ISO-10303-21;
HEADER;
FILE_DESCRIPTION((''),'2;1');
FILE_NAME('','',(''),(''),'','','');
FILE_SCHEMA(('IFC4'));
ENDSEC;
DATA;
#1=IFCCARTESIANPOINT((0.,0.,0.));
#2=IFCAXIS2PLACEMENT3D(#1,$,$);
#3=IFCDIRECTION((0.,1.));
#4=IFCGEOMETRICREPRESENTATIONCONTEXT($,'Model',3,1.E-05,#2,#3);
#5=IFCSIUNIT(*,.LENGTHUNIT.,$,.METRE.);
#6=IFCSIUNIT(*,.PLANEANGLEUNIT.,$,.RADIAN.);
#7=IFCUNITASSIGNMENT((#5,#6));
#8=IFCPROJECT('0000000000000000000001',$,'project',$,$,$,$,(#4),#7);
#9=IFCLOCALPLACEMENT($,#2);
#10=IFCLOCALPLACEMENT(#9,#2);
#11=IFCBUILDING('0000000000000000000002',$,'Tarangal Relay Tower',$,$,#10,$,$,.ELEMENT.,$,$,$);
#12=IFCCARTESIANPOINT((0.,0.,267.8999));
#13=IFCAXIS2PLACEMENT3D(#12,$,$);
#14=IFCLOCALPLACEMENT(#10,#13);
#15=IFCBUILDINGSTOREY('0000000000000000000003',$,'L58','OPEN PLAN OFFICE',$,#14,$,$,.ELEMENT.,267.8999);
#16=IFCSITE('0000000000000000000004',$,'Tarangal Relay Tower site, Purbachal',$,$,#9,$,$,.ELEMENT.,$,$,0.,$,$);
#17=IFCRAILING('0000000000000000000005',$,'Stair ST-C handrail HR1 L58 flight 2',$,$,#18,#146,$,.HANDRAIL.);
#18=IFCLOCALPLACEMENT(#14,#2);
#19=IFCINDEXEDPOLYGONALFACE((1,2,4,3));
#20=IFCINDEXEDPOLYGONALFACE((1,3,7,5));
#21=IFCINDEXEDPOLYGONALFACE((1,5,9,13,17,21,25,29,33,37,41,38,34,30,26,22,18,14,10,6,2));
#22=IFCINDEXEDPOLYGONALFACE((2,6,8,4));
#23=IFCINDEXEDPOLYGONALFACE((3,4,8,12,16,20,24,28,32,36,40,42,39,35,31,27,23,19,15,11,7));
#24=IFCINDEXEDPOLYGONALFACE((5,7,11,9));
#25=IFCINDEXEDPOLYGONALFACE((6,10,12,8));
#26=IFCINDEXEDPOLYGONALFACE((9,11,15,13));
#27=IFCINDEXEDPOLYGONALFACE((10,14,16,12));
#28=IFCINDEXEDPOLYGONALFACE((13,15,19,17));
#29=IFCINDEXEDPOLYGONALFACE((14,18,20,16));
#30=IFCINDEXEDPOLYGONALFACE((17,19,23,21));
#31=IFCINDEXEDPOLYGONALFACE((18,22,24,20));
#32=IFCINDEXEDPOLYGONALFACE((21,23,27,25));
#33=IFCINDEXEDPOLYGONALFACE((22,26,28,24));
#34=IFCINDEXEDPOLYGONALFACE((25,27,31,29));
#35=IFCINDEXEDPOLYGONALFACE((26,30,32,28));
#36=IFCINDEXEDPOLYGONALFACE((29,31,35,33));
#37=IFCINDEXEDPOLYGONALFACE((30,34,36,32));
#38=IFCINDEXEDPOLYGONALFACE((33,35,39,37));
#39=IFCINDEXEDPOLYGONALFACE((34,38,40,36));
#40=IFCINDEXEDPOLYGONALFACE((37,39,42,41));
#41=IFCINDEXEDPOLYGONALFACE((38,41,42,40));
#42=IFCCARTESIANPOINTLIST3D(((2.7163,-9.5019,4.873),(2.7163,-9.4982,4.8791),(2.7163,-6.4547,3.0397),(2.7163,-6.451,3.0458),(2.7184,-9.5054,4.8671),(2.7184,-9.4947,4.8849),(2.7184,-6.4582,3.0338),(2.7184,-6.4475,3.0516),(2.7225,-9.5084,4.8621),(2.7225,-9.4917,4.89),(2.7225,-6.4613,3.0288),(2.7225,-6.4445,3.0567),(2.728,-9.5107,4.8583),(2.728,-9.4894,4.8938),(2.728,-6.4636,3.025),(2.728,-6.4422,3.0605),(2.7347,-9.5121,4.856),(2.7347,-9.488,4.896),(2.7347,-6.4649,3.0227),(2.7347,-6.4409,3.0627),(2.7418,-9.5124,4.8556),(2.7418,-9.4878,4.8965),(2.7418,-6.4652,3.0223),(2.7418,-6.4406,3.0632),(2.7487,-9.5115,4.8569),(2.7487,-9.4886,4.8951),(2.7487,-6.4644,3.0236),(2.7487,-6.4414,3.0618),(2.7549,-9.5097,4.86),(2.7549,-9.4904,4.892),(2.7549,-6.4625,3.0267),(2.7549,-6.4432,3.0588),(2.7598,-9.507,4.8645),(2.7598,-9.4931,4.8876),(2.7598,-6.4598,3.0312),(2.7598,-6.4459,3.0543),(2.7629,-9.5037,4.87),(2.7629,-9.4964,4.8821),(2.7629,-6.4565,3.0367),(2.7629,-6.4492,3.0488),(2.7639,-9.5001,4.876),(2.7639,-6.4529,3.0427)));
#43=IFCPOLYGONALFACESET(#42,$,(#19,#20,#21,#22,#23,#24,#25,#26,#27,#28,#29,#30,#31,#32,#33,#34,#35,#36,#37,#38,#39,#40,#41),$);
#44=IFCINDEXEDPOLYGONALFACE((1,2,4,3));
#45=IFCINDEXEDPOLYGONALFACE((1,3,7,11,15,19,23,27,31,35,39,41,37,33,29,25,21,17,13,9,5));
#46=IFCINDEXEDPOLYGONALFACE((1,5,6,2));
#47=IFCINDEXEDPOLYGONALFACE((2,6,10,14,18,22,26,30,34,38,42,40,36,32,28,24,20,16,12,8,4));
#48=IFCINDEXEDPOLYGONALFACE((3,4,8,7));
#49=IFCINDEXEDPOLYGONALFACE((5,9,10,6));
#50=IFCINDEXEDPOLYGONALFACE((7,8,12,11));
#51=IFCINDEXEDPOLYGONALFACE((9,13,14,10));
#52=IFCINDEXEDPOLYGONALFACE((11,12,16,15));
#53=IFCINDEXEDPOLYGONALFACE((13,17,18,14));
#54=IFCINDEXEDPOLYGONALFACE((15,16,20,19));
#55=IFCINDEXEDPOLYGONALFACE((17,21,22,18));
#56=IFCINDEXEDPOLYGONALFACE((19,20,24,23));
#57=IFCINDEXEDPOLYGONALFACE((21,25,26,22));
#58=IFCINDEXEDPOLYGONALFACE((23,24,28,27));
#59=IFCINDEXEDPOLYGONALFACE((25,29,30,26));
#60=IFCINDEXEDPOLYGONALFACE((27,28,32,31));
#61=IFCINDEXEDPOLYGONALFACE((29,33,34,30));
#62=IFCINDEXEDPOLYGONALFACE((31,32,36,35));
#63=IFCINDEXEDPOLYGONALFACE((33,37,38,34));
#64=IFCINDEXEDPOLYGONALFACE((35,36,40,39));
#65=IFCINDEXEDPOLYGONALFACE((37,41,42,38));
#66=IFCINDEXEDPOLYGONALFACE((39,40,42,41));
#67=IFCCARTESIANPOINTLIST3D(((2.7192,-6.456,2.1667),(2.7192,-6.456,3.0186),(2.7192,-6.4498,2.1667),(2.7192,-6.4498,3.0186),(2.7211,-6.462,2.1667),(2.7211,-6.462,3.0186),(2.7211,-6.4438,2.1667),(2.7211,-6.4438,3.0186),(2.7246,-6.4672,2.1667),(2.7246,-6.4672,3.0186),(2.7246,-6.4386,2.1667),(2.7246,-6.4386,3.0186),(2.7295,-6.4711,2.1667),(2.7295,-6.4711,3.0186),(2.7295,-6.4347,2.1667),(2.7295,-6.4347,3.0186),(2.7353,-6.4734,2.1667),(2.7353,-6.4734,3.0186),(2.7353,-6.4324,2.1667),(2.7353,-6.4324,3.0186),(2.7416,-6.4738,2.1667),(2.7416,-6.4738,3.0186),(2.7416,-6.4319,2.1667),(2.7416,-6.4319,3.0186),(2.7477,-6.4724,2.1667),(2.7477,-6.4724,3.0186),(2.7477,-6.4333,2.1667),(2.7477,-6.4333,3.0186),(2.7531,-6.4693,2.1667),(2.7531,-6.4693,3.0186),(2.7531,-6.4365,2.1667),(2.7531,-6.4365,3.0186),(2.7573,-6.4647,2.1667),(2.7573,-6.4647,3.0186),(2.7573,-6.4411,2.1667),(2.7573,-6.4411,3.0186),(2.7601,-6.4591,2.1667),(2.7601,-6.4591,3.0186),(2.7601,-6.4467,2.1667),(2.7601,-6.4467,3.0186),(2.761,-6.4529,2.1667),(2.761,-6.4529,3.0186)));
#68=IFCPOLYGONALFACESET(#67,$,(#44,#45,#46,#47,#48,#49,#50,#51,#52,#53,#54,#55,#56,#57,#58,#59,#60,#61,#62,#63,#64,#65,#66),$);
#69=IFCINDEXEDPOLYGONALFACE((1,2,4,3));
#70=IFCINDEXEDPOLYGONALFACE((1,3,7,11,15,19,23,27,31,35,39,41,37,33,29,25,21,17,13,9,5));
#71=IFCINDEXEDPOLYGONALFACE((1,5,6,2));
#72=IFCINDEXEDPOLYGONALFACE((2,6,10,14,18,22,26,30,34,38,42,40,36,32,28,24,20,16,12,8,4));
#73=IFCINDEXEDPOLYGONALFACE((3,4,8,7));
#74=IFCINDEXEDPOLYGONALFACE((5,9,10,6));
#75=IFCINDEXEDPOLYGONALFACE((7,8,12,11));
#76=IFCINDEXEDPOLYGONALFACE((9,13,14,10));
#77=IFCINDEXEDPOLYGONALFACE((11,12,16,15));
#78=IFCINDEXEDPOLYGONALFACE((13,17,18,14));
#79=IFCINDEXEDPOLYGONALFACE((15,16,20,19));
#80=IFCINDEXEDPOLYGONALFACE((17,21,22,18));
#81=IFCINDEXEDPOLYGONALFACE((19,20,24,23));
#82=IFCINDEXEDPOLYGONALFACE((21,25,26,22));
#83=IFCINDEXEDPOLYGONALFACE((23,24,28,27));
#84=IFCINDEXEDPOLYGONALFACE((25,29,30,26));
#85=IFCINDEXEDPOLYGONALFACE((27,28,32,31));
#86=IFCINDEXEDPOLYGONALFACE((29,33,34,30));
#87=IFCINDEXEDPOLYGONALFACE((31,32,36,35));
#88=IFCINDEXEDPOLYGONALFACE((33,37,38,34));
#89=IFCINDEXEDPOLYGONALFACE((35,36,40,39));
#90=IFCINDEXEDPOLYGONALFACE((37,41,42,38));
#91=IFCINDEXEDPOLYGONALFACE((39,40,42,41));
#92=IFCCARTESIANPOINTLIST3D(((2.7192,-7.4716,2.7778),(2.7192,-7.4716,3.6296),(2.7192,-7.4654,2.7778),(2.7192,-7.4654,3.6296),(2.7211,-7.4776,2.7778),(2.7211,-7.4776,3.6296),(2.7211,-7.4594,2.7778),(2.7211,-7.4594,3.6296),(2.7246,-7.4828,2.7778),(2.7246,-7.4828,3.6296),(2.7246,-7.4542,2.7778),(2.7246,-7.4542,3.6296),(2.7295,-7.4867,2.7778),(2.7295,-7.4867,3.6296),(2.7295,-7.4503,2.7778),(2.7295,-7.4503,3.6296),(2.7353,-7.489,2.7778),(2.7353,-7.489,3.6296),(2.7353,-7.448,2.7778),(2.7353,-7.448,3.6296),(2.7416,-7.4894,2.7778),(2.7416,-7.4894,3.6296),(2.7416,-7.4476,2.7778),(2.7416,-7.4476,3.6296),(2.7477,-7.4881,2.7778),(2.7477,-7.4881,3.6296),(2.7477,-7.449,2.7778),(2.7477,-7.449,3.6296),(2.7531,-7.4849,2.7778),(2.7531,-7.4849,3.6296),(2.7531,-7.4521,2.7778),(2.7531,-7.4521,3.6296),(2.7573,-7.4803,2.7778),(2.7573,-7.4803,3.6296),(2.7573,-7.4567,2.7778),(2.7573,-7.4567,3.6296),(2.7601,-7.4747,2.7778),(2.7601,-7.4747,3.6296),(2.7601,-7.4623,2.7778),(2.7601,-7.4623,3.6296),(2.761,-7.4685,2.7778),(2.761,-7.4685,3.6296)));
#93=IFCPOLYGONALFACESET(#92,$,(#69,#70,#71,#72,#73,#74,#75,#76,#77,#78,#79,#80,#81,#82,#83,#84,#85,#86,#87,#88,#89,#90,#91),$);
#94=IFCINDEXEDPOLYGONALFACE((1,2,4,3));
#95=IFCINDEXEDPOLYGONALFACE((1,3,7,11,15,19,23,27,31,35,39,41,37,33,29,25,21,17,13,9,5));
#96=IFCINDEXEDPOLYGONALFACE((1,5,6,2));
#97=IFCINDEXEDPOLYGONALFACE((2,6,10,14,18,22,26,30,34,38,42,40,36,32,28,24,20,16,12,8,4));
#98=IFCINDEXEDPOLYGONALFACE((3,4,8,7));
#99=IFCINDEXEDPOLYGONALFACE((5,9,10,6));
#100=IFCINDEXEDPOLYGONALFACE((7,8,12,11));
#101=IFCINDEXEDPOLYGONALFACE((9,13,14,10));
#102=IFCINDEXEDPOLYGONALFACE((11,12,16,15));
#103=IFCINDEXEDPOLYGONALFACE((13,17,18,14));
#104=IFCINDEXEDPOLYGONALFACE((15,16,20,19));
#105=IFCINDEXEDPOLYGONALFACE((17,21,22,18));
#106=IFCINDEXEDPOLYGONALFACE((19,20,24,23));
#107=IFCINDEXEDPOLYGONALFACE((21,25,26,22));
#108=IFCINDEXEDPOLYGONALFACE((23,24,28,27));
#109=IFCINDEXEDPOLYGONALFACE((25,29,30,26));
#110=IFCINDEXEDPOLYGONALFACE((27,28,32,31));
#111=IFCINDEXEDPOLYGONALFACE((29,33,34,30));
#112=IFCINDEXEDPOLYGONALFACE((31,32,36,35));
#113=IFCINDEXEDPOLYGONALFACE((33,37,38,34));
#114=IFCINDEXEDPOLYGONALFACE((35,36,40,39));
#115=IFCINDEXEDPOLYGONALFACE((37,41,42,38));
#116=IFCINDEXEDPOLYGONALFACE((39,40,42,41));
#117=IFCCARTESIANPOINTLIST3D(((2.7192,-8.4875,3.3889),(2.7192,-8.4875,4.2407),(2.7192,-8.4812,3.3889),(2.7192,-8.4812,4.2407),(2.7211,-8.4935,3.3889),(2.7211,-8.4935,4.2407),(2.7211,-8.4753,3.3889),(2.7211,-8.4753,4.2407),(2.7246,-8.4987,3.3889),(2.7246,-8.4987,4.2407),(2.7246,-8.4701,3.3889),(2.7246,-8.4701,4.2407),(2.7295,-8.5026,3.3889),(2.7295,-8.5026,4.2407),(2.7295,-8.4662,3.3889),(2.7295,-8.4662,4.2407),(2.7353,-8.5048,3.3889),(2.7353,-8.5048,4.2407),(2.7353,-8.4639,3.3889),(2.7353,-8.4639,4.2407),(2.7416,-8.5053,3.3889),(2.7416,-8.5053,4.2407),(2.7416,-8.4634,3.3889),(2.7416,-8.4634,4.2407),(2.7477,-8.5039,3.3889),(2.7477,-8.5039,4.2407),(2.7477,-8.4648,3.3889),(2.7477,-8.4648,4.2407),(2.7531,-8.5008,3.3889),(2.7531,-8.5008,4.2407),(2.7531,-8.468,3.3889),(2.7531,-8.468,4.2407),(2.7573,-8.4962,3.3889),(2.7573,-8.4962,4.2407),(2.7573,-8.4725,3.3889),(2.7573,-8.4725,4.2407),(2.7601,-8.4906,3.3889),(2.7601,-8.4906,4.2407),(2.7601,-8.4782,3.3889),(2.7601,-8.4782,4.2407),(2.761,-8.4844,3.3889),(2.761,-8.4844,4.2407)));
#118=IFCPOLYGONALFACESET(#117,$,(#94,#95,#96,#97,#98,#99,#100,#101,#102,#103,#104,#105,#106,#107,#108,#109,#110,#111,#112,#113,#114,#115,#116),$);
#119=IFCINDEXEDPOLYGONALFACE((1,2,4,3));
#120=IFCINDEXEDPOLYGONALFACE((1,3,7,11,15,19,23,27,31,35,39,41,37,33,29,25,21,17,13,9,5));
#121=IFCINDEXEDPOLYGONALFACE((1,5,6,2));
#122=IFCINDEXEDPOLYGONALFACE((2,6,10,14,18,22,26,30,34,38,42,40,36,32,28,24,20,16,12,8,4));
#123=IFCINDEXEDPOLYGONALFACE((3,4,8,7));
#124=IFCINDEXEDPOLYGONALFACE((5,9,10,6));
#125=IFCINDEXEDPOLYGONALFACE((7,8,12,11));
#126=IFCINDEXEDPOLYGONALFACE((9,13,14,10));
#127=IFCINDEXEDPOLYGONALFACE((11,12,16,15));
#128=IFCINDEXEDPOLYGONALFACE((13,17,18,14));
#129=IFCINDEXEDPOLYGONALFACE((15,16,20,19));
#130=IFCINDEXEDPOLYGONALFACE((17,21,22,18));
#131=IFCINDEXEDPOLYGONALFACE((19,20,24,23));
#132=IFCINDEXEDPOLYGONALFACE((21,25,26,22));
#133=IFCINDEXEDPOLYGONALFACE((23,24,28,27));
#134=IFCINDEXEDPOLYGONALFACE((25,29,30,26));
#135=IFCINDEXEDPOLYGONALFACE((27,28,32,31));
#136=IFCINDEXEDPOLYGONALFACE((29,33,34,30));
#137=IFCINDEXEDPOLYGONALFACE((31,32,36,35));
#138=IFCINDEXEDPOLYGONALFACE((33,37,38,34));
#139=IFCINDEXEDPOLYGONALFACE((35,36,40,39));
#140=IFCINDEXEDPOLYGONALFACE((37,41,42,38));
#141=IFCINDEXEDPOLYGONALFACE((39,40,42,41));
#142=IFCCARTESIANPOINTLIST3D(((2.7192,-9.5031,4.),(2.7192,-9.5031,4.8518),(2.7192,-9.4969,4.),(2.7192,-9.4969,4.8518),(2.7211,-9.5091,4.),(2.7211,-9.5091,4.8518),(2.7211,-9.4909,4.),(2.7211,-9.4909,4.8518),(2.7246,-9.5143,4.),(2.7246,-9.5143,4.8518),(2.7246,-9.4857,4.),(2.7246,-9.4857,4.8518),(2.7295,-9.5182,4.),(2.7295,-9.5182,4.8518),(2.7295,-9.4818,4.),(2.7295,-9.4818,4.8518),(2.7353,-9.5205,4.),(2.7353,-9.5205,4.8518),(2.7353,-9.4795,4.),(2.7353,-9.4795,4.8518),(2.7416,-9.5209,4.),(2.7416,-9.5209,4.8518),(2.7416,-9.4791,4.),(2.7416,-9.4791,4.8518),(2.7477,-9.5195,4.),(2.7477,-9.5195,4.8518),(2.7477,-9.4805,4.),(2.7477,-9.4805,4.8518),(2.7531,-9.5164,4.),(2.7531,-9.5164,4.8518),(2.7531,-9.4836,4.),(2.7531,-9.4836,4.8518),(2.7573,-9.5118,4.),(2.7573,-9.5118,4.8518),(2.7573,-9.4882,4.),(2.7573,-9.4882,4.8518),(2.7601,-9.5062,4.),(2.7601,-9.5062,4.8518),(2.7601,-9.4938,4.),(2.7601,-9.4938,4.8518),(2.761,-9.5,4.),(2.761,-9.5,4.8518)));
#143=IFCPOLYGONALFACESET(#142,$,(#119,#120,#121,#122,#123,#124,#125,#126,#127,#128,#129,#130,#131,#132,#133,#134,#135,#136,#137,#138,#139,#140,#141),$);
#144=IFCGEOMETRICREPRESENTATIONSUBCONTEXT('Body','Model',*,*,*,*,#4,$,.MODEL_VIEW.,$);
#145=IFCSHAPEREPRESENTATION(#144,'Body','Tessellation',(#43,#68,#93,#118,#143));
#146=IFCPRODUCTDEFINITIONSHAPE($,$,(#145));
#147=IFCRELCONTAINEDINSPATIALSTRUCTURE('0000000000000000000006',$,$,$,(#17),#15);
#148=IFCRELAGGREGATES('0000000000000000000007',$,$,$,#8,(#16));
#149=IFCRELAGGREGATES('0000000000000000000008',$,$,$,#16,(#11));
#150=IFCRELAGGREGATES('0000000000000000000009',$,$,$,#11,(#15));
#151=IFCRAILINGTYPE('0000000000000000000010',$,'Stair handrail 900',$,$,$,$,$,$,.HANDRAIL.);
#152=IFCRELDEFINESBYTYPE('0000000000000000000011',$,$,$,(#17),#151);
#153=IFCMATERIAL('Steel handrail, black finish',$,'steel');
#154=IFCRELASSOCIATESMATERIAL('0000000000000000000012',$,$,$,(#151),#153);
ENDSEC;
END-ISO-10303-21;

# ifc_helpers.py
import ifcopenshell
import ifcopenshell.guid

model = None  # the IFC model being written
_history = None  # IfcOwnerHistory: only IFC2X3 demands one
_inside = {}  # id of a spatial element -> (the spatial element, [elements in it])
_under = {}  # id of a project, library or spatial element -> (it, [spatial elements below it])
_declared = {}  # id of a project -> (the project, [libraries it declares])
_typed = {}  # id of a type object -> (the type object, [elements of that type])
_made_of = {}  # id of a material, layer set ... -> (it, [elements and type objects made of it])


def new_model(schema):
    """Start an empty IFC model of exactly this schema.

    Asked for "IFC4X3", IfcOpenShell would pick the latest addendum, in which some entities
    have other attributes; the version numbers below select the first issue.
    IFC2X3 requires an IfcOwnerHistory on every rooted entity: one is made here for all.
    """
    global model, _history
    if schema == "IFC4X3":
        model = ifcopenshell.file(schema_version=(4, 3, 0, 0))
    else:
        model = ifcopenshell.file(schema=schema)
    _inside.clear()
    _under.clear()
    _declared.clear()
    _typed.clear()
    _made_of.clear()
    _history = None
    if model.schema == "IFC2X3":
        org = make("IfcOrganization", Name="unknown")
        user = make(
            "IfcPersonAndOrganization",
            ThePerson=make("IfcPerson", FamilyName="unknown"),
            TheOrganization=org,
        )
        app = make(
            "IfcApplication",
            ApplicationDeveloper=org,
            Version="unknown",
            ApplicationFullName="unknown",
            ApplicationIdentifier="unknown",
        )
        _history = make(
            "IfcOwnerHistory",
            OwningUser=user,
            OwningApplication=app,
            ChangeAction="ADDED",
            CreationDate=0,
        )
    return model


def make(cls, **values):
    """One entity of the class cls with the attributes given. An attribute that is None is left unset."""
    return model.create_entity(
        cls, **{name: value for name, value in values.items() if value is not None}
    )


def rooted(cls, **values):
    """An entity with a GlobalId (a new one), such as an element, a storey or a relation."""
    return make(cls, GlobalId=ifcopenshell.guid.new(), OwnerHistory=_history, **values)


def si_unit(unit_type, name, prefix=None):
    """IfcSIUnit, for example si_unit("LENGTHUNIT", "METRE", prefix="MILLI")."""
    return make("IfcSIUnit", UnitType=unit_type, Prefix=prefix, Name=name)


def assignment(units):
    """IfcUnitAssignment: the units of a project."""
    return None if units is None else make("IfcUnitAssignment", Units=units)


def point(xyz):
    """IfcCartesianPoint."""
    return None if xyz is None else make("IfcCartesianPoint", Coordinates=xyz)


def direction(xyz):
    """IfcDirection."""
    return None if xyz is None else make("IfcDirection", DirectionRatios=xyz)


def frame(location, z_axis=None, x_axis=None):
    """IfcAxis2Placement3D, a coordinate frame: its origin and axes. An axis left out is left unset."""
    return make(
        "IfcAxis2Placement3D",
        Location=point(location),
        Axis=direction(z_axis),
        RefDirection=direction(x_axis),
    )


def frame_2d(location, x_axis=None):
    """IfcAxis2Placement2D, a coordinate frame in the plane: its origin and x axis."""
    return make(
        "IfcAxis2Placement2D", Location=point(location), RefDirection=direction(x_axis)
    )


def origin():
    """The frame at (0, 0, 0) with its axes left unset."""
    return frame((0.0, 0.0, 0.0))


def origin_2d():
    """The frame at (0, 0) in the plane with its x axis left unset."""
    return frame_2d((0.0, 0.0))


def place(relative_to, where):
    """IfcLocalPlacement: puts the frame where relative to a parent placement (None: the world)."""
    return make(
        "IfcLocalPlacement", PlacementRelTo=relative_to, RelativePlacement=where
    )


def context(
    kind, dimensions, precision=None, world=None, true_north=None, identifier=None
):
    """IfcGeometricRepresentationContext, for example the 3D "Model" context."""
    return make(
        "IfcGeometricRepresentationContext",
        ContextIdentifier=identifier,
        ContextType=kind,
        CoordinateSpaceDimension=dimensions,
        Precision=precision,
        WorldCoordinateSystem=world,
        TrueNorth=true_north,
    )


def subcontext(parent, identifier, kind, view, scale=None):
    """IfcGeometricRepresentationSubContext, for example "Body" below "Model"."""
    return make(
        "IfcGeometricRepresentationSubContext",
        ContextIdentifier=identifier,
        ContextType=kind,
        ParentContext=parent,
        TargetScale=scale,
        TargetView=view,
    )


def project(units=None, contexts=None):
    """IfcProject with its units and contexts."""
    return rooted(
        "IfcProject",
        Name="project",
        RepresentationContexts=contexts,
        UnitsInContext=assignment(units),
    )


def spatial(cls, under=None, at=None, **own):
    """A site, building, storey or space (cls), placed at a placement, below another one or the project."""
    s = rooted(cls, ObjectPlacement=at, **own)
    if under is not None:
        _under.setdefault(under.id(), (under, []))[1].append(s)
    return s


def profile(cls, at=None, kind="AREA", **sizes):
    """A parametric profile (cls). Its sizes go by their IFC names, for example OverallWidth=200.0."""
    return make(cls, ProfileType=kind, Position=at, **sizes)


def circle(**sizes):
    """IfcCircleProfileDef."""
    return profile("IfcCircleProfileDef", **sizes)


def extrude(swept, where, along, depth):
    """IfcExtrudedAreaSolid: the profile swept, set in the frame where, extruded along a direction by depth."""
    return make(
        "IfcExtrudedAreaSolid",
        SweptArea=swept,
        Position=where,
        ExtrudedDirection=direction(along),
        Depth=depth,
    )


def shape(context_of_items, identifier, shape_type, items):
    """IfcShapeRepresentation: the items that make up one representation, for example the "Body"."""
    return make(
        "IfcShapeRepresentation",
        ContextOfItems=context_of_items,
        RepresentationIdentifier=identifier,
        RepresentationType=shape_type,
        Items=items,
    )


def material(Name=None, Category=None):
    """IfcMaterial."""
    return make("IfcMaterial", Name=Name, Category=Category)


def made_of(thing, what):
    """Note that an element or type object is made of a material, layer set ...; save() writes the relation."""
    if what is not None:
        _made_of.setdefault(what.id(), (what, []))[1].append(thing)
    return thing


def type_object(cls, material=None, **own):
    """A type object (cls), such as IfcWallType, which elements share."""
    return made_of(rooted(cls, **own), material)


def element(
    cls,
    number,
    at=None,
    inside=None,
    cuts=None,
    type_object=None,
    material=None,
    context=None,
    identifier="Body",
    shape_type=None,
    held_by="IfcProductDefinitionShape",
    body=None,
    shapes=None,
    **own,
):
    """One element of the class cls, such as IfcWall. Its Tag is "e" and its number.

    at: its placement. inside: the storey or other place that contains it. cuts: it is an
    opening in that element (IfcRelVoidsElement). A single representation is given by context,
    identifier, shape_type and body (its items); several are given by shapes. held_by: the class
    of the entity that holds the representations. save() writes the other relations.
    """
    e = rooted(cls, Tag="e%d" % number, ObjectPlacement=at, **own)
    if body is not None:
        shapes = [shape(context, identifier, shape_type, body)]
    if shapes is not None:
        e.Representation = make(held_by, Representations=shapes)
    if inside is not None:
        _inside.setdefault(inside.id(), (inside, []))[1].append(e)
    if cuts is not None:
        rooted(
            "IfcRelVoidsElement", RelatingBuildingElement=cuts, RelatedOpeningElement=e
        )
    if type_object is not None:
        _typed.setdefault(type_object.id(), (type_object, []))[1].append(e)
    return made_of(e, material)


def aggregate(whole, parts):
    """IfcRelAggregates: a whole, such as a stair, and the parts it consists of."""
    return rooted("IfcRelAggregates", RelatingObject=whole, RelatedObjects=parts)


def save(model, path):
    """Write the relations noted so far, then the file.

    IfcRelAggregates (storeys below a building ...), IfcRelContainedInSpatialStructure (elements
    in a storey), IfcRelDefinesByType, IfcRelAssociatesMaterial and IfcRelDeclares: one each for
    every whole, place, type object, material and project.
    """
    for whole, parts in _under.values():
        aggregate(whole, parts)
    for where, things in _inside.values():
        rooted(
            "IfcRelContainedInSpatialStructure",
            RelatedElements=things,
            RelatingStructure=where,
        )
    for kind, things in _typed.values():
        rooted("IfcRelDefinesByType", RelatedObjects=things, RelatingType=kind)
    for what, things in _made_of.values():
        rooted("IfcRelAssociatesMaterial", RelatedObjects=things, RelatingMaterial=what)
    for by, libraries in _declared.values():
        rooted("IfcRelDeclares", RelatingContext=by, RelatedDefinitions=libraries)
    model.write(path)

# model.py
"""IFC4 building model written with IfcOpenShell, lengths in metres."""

from ifc_helpers import new_model, si_unit, direction, frame, origin, origin_2d, place, context, subcontext, project, spatial, circle, extrude, material, type_object, element, save


model = new_model("IFC4")

# Units and contexts
model_context = context("Model", 3, precision=1e-05, world=origin(), true_north=direction((0.0, 1.0)))
body_context = subcontext(model_context, "Body", "Model", "MODEL_VIEW")
ifc_project = project(units=[si_unit("LENGTHUNIT", "METRE"), si_unit("PLANEANGLEUNIT", "RADIAN")], contexts=[model_context])

# Site, building, storey
site_placement = place(None, origin())
site = spatial("IfcSite", under=ifc_project, at=site_placement, Name="Tarangal Relay Tower site, Purbachal", CompositionType="ELEMENT", RefElevation=0.0)
building_placement = place(site_placement, origin())
building = spatial("IfcBuilding", under=site, at=building_placement, Name="Tarangal Relay Tower", CompositionType="ELEMENT")
storey_placement = place(building_placement, frame((0.0, 0.0, 267.8999)))
storey = spatial("IfcBuildingStorey", under=building, at=storey_placement, Name="L58", Description="OPEN PLAN OFFICE", CompositionType="ELEMENT", Elevation=267.8999)

# Railing
ifc_material_1 = material(Name="Steel handrail, black finish", Category="steel")
railing_type_1 = type_object("IfcRailingType", Name="Stair handrail 900", PredefinedType="HANDRAIL", material=ifc_material_1)
railing_1_placement = place(storey_placement, frame((2.74, -6.4529, 2.1667)))
element("IfcRailing", 1, at=railing_1_placement, inside=storey, type_object=railing_type_1, Name="Stair ST-C handrail HR1 L58 flight 2", PredefinedType="HANDRAIL", context=body_context, shape_type="SweptSolid", body=[
    extrude(circle(Radius=0.0239, at=origin_2d()), frame((0.0, 0.0, 0.876), z_axis=(0.0, -0.856874, 0.515525), x_axis=(1.0, 0.0, 0.0)), (0.0, 0.0, 1.0), 3.5562),
    extrude(circle(Radius=0.021, at=origin_2d()), origin(), (0.0, 0.0, 1.0), 0.8518),
    extrude(circle(Radius=0.021, at=origin_2d()), frame((0.0, -1.0156, 0.6111)), (0.0, 0.0, 1.0), 0.8518),
    extrude(circle(Radius=0.021, at=origin_2d()), frame((0.0, -2.0315, 1.2222)), (0.0, 0.0, 1.0), 0.8518),
    extrude(circle(Radius=0.021, at=origin_2d()), frame((0.0, -3.0471, 1.8333)), (0.0, 0.0, 1.0), 0.8518),
])

save(model, "model.ifc")
